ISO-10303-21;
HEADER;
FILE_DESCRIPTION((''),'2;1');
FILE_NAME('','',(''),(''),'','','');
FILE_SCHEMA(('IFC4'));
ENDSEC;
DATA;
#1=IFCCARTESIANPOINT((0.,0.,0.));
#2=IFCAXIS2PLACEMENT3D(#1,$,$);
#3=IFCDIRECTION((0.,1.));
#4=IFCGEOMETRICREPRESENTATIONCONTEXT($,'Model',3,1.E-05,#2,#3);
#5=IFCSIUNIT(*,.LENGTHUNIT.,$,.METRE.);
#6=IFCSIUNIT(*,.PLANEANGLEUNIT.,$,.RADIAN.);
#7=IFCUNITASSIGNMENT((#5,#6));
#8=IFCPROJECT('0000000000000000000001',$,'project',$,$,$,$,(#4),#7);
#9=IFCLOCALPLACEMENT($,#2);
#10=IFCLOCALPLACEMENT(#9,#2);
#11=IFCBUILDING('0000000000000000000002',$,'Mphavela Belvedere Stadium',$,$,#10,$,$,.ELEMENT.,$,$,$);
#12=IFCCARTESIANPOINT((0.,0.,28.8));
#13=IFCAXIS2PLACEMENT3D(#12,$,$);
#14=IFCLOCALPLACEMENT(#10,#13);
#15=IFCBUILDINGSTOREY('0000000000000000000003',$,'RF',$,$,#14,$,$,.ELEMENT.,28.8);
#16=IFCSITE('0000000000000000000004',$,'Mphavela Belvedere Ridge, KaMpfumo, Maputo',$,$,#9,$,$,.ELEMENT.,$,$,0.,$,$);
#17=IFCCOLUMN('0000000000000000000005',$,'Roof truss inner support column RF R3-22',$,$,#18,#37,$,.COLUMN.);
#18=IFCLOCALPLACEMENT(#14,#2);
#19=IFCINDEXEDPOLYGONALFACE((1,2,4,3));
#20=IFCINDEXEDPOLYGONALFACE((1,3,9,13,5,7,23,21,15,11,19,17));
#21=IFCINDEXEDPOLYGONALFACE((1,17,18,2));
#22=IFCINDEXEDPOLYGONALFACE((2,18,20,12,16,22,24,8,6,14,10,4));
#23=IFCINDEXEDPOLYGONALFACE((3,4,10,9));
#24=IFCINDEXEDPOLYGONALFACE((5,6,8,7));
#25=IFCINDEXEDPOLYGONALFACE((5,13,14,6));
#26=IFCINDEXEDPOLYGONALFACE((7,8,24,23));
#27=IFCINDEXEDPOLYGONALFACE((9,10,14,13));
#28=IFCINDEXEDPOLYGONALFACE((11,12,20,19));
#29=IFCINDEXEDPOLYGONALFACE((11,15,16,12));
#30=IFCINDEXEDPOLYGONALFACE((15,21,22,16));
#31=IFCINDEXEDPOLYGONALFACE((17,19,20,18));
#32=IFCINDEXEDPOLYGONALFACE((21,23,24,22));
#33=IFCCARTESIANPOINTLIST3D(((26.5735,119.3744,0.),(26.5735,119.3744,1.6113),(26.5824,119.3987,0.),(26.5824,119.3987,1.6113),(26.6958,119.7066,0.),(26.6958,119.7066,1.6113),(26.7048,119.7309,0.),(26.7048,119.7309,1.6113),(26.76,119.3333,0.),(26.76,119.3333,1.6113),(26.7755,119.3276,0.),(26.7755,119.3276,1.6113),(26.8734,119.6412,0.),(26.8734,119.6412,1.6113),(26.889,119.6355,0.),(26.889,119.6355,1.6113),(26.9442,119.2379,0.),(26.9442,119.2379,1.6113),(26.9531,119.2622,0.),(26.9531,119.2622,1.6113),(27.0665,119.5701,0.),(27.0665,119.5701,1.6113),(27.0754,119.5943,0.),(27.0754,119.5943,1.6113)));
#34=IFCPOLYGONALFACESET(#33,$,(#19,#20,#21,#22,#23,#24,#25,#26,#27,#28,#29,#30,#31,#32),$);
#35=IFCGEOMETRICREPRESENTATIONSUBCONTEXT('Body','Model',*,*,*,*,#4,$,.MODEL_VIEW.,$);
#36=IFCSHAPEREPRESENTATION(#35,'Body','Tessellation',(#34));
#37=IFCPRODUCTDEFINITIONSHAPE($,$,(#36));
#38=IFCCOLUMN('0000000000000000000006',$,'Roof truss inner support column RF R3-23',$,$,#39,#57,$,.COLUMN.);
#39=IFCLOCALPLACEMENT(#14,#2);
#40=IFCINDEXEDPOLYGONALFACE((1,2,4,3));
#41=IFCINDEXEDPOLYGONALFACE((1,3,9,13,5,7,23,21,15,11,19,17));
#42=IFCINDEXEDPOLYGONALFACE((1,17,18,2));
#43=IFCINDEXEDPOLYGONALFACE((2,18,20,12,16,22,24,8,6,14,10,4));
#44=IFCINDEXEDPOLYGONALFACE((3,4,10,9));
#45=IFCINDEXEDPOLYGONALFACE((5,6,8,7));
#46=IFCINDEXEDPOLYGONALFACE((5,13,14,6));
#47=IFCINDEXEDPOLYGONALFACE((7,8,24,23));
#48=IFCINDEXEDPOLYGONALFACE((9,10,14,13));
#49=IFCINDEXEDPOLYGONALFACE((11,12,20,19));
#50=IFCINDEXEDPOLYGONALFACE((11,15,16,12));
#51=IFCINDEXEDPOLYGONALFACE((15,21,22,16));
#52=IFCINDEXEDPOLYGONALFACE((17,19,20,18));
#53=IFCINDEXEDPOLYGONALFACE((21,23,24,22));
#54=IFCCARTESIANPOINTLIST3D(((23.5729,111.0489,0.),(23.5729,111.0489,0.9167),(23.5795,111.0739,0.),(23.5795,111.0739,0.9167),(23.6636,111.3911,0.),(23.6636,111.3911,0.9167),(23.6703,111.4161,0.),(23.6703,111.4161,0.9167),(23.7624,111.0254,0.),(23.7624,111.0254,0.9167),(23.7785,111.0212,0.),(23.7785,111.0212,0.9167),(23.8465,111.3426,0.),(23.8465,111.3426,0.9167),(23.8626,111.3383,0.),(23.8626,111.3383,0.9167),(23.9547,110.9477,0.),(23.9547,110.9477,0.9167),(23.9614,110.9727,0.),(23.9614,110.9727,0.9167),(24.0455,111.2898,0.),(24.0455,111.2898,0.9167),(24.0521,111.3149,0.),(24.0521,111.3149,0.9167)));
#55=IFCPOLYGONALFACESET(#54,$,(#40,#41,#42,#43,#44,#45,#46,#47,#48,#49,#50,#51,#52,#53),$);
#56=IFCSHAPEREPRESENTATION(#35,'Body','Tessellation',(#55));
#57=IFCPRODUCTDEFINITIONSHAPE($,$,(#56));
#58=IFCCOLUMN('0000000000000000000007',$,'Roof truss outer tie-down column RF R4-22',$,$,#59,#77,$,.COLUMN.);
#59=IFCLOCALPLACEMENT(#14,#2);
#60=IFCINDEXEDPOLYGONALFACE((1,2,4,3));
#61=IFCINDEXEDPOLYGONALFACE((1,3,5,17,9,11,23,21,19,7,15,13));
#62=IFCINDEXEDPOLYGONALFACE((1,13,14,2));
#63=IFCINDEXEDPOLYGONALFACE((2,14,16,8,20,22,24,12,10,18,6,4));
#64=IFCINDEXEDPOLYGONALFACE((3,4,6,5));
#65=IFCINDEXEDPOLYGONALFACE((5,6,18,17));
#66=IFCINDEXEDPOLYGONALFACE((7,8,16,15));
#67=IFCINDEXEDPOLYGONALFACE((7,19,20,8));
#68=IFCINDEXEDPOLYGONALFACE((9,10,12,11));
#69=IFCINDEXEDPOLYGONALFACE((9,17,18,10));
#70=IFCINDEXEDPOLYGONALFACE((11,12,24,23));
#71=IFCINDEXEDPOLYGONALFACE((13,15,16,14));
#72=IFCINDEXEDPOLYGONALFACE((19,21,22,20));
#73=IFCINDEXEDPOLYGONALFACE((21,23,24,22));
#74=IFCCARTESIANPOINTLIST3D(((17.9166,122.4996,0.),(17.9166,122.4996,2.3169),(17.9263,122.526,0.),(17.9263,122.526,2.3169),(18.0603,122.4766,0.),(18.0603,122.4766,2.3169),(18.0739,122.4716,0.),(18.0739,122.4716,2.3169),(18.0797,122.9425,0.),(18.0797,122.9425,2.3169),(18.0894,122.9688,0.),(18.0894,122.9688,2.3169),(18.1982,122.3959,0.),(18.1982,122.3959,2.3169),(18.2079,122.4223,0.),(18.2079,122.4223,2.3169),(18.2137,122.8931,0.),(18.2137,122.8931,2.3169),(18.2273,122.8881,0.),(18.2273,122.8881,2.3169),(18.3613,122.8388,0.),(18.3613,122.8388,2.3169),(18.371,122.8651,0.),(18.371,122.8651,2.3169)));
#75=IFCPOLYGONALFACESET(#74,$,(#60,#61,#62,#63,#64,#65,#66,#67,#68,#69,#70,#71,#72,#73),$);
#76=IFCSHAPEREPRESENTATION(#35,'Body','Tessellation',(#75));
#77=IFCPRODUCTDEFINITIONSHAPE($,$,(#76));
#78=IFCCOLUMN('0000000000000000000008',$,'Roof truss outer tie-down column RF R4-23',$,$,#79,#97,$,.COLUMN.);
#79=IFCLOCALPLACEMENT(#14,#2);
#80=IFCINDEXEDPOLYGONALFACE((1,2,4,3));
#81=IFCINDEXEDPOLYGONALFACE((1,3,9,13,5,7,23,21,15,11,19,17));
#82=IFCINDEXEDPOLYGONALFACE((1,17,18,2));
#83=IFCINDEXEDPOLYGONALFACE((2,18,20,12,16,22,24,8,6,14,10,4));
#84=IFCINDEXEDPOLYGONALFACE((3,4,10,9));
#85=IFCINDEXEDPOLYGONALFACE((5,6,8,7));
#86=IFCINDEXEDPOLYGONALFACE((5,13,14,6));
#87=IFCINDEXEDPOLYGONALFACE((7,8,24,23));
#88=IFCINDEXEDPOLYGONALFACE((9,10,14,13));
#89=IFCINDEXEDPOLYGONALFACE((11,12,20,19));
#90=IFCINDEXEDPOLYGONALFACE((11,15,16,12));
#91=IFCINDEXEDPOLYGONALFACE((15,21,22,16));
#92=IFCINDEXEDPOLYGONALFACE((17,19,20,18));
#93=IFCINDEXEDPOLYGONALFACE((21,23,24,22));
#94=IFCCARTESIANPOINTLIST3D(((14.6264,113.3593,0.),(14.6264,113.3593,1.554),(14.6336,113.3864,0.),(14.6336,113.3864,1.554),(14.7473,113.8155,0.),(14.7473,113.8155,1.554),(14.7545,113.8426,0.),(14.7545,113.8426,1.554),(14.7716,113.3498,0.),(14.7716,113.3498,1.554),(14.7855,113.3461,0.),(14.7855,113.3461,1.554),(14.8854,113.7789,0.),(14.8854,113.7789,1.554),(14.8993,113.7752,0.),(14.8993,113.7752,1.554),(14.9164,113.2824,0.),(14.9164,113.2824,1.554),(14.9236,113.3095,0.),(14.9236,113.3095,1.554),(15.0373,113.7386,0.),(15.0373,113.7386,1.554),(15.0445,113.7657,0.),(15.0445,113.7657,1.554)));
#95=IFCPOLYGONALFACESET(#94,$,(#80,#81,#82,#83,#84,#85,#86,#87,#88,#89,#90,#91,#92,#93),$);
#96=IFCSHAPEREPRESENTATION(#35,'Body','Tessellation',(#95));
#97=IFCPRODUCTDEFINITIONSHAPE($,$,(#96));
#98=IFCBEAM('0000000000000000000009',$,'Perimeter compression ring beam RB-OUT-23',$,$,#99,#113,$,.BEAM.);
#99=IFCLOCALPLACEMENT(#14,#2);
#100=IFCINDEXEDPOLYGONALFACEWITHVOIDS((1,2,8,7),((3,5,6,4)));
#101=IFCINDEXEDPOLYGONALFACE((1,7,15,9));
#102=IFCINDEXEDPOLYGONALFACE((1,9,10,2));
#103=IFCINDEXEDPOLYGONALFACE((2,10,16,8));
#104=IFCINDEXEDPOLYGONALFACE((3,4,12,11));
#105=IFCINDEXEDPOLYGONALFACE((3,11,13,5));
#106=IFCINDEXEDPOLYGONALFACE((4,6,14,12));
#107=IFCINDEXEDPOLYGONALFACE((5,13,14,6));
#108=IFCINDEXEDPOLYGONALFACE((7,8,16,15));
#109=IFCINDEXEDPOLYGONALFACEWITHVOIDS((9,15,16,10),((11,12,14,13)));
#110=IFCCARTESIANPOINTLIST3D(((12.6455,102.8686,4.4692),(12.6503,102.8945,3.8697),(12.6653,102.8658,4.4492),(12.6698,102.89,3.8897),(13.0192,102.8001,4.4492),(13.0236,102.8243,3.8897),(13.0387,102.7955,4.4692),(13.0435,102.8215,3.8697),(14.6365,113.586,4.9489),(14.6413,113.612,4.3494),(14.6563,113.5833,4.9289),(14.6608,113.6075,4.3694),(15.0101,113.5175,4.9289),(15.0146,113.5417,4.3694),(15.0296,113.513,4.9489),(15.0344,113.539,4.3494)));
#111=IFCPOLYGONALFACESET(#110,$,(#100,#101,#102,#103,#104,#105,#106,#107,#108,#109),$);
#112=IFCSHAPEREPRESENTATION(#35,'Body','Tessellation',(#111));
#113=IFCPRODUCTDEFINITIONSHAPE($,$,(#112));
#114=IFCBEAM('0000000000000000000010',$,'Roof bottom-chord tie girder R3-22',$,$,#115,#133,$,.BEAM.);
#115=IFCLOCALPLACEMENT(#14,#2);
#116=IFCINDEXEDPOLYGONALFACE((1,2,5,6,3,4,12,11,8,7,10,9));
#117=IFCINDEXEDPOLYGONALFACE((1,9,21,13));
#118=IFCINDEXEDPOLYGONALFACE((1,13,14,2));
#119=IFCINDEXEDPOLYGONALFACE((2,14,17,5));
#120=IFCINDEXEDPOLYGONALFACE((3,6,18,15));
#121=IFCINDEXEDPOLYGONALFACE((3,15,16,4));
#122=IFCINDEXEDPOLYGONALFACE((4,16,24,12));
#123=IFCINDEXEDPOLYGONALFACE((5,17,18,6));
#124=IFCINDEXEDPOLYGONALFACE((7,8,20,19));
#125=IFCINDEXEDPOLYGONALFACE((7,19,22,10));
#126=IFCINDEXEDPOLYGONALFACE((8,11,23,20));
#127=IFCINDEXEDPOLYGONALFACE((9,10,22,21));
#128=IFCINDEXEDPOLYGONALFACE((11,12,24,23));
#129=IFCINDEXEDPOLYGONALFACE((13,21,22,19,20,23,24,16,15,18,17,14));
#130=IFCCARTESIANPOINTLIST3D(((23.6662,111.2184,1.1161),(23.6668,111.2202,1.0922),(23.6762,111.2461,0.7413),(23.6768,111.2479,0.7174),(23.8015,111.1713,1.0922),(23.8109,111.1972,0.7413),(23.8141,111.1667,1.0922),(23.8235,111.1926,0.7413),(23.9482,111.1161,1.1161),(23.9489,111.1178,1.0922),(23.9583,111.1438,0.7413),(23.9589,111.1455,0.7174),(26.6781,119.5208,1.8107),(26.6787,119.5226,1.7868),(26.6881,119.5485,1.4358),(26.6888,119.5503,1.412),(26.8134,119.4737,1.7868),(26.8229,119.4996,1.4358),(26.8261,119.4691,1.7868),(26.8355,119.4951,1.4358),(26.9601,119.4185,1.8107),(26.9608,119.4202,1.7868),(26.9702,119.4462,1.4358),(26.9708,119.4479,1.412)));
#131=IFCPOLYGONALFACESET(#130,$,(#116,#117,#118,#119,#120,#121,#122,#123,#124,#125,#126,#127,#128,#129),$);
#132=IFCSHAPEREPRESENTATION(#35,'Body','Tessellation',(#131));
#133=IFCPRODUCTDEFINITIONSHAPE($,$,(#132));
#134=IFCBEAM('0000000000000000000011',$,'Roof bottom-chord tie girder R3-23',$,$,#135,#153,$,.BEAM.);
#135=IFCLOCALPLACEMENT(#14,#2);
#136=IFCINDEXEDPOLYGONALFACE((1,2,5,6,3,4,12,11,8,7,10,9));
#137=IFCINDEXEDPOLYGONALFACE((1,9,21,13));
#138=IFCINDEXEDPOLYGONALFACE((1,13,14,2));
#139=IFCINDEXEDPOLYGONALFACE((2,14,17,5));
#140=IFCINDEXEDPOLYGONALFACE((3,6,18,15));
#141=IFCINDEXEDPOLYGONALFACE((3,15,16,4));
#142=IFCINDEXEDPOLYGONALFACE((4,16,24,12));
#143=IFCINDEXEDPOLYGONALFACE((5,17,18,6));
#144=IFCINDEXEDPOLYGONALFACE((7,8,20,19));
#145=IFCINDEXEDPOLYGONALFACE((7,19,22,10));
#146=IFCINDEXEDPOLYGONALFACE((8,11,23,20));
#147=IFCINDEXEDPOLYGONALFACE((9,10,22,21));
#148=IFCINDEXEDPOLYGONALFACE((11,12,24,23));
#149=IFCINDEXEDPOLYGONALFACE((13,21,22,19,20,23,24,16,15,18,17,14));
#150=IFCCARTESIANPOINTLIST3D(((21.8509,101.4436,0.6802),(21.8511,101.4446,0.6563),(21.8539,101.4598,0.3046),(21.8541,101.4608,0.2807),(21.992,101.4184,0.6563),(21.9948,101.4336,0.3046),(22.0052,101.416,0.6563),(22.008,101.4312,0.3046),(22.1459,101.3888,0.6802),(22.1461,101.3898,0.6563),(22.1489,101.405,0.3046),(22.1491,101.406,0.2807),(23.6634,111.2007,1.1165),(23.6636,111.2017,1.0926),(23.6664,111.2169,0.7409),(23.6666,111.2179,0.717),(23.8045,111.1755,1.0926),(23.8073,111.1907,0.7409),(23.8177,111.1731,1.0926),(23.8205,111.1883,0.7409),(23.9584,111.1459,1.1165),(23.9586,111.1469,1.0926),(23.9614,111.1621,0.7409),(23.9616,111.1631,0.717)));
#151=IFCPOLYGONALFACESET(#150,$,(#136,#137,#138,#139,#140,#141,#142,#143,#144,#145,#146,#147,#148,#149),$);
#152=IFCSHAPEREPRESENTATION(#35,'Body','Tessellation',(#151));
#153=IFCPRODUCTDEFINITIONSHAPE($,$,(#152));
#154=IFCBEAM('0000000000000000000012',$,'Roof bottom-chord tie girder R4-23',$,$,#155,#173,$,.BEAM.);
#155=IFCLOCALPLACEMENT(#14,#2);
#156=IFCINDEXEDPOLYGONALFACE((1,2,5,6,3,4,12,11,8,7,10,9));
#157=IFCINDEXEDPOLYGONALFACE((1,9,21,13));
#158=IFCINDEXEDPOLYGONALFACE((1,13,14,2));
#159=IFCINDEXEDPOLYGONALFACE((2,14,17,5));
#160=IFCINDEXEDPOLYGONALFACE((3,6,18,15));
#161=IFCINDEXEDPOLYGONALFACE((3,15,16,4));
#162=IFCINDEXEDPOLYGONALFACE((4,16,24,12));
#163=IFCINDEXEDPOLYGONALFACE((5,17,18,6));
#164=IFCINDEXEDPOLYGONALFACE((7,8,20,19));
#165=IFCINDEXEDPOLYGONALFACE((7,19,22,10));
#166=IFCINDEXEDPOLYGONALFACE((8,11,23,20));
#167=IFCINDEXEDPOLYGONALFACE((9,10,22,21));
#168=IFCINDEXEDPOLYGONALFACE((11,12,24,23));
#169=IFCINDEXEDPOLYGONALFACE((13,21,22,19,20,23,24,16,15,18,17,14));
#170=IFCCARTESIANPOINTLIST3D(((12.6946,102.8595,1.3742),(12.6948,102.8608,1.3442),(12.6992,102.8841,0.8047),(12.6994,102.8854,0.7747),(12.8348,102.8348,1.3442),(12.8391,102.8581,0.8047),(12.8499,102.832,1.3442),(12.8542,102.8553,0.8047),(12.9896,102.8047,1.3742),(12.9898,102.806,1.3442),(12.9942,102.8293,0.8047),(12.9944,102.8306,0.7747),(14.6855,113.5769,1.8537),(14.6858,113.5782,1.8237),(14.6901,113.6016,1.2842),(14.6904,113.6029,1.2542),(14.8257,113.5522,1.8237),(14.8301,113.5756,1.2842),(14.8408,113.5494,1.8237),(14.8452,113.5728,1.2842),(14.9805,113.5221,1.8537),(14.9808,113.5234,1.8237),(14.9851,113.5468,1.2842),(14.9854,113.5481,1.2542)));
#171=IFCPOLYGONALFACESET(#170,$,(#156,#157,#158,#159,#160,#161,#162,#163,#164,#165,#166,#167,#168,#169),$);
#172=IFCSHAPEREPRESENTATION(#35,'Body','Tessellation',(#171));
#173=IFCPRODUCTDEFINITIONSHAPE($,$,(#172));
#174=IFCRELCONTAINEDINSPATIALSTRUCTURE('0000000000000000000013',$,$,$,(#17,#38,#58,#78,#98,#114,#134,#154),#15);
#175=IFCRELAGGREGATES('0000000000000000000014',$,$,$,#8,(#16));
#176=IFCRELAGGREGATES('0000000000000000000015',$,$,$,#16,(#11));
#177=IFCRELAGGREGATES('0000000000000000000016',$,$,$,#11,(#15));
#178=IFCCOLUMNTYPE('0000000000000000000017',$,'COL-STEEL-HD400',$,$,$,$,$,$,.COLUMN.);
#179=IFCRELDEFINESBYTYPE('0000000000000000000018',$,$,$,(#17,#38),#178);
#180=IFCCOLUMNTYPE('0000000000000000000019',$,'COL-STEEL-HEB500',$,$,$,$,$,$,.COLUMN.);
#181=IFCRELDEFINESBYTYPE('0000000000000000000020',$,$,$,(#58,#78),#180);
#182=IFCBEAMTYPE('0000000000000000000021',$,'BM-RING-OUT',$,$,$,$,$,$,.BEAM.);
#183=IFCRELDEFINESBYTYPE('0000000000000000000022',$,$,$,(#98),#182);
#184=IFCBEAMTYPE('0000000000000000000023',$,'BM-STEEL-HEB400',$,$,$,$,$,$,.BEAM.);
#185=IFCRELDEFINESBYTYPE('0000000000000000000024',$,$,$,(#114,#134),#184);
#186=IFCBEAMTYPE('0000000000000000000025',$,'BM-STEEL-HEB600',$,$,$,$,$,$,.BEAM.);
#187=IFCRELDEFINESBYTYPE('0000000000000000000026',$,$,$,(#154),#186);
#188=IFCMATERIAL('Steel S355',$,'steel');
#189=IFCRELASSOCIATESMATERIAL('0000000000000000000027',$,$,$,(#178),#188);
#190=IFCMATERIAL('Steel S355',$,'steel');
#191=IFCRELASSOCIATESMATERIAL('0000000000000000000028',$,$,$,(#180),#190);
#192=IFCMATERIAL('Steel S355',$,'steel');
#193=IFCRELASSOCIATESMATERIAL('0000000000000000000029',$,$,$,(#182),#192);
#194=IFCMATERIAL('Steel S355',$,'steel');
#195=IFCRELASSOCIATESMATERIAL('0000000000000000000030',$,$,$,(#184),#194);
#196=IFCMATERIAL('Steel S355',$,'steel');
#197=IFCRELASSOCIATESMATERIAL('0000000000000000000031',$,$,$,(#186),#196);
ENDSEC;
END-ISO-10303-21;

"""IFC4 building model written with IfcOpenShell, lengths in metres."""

from ifc_helpers import new_model, si_unit, direction, frame, origin, origin_2d, place, context, subcontext, project, spatial, hollow_rectangle, i_section, extrude, material, material_profile, profile_set, type_object, element, save


model = new_model("IFC4")

# Units and contexts
model_context = context("Model", 3, precision=1e-05, world=origin(), true_north=direction((0.0, 1.0)))
body_context = subcontext(model_context, "Body", "Model", "MODEL_VIEW")
ifc_project = project(units=[si_unit("LENGTHUNIT", "METRE"), si_unit("PLANEANGLEUNIT", "RADIAN")], contexts=[model_context])

# Site, building, storey
site_placement = place(None, origin())
site = spatial("IfcSite", under=ifc_project, at=site_placement, Name="Mphavela Belvedere Ridge, KaMpfumo, Maputo", CompositionType="ELEMENT", RefElevation=0.0)
building_placement = place(site_placement, origin())
building = spatial("IfcBuilding", under=site, at=building_placement, Name="Mphavela Belvedere Stadium", CompositionType="ELEMENT")
storey_placement = place(building_placement, frame((0.0, 0.0, 28.8)))
storey = spatial("IfcBuildingStorey", under=building, at=storey_placement, Name="RF", CompositionType="ELEMENT", Elevation=28.8)

# Columns
ifc_material_1 = material(Name="Steel S355", Category="steel")
ifc_material_profile_1 = material_profile(ifc_material_1, i_section(OverallWidth=0.395, OverallDepth=0.3799, WebThickness=0.0166, FlangeThickness=0.0259, at=origin_2d()), Name="HD 400x237")
ifc_profile_set_1 = profile_set([ifc_material_profile_1], Name="Steel S355")
column_type_1 = type_object("IfcColumnType", Name="COL-STEEL-HD400", PredefinedType="COLUMN", material=ifc_profile_set_1)
column_1_placement = place(storey_placement, frame((26.8245, 119.4844, 0.0), z_axis=(0.0, 0.0, 1.0), x_axis=(-0.938372, 0.345626, 0.0)))
element("IfcColumn", 1, at=column_1_placement, inside=storey, type_object=column_type_1, Name="Roof truss inner support column RF R3-22", PredefinedType="COLUMN", context=body_context, shape_type="SweptSolid", body=[
    extrude(i_section(OverallWidth=0.395, OverallDepth=0.3799, WebThickness=0.0166, FlangeThickness=0.0259, at=origin_2d()), origin(), (0.0, 0.0, 1.0), 1.6113),
])
column_2_placement = place(storey_placement, frame((23.8125, 111.1819, 0.0), z_axis=(0.0, 0.0, 1.0), x_axis=(-0.9666, 0.256289, 0.0)))
element("IfcColumn", 2, at=column_2_placement, inside=storey, type_object=column_type_1, Name="Roof truss inner support column RF R3-23", PredefinedType="COLUMN", context=body_context, shape_type="SweptSolid", body=[
    extrude(i_section(OverallWidth=0.395, OverallDepth=0.3799, WebThickness=0.0166, FlangeThickness=0.0259, at=origin_2d()), origin(), (0.0, 0.0, 1.0), 0.9167),
])
ifc_material_2 = material(Name="Steel S355", Category="steel")
ifc_material_profile_2 = material_profile(ifc_material_2, i_section(OverallWidth=0.3, OverallDepth=0.5, WebThickness=0.0144, FlangeThickness=0.0281, at=origin_2d()), Name="HEB 500")
ifc_profile_set_2 = profile_set([ifc_material_profile_2], Name="Steel S355")
column_type_2 = type_object("IfcColumnType", Name="COL-STEEL-HEB500", PredefinedType="COLUMN", material=ifc_profile_set_2)
column_3_placement = place(storey_placement, frame((18.1438, 122.6824, 0.0), z_axis=(0.0, 0.0, 1.0), x_axis=(-0.938372, 0.345626, 0.0)))
element("IfcColumn", 3, at=column_3_placement, inside=storey, type_object=column_type_2, Name="Roof truss outer tie-down column RF R4-22", PredefinedType="COLUMN", context=body_context, shape_type="SweptSolid", body=[
    extrude(i_section(OverallWidth=0.3, OverallDepth=0.5, WebThickness=0.0144, FlangeThickness=0.0281, at=origin_2d()), origin(), (0.0, 0.0, 1.0), 2.3169),
])
column_4_placement = place(storey_placement, frame((14.8354, 113.5625, 0.0), z_axis=(0.0, 0.0, 1.0), x_axis=(-0.9666, 0.256289, 0.0)))
element("IfcColumn", 4, at=column_4_placement, inside=storey, type_object=column_type_2, Name="Roof truss outer tie-down column RF R4-23", PredefinedType="COLUMN", context=body_context, shape_type="SweptSolid", body=[
    extrude(i_section(OverallWidth=0.3, OverallDepth=0.5, WebThickness=0.0144, FlangeThickness=0.0281, at=origin_2d()), origin(), (0.0, 0.0, 1.0), 1.554),
])

# Beams
ifc_material_3 = material(Name="Steel S355", Category="steel")
ifc_material_profile_3 = material_profile(ifc_material_3, hollow_rectangle(XDim=0.3999, YDim=0.6001, WallThickness=0.02, at=origin_2d()), Name="RHS 600x400x20")
ifc_profile_set_3 = profile_set([ifc_material_profile_3], Name="Steel S355")
beam_type_1 = type_object("IfcBeamType", Name="BM-RING-OUT", PredefinedType="BEAM", material=ifc_profile_set_3)
beam_1_placement = place(storey_placement, frame((14.8354, 113.5625, 4.6492), z_axis=(-0.182466, -0.982229, -0.043966), x_axis=(0.983179, -0.182643, 0.0)))
element("IfcBeam", 5, at=beam_1_placement, inside=storey, type_object=beam_type_1, Name="Perimeter compression ring beam RB-OUT-23", PredefinedType="BEAM", context=body_context, shape_type="SweptSolid", body=[
    extrude(hollow_rectangle(XDim=0.3999, YDim=0.6001, WallThickness=0.02, at=origin_2d()), origin(), (0.0, 0.0, 1.0), 10.9114),
])
ifc_material_4 = material(Name="Steel S355", Category="steel")
ifc_material_profile_4 = material_profile(ifc_material_4, i_section(OverallWidth=0.3, OverallDepth=0.3999, WebThickness=0.0134, FlangeThickness=0.0239, at=origin_2d()), Name="HEB 400")
ifc_profile_set_4 = profile_set([ifc_material_profile_4], Name="Steel S355")
beam_type_2 = type_object("IfcBeamType", Name="BM-STEEL-HEB400", PredefinedType="BEAM", material=ifc_profile_set_4)
beam_2_placement = place(storey_placement, frame((26.8245, 119.4844, 1.6113), z_axis=(-0.339981, -0.937159, -0.078402), x_axis=(0.940052, -0.341031, 0.0)))
element("IfcBeam", 6, at=beam_2_placement, inside=storey, type_object=beam_type_2, Name="Roof bottom-chord tie girder R3-22", PredefinedType="BEAM", context=body_context, shape_type="SweptSolid", body=[
    extrude(i_section(OverallWidth=0.3, OverallDepth=0.3999, WebThickness=0.0134, FlangeThickness=0.0239, at=origin_2d()), origin(), (0.0, 0.0, 1.0), 8.8591),
])
beam_3_placement = place(storey_placement, frame((23.8125, 111.1819, 0.9167), z_axis=(-0.182462, -0.982232, -0.04392), x_axis=(0.98318, -0.182638, 0.0)))
element("IfcBeam", 7, at=beam_3_placement, inside=storey, type_object=beam_type_2, Name="Roof bottom-chord tie girder R3-23", PredefinedType="BEAM", context=body_context, shape_type="SweptSolid", body=[
    extrude(i_section(OverallWidth=0.3, OverallDepth=0.3999, WebThickness=0.0134, FlangeThickness=0.0239, at=origin_2d()), origin(), (0.0, 0.0, 1.0), 9.9336),
])
ifc_material_5 = material(Name="Steel S355", Category="steel")
ifc_material_profile_5 = material_profile(ifc_material_5, i_section(OverallWidth=0.3, OverallDepth=0.6001, WebThickness=0.0154, FlangeThickness=0.03, at=origin_2d()), Name="HEB 600")
ifc_profile_set_5 = profile_set([ifc_material_profile_5], Name="Steel S355")
beam_type_3 = type_object("IfcBeamType", Name="BM-STEEL-HEB600", PredefinedType="BEAM", material=ifc_profile_set_5)
beam_4_placement = place(storey_placement, frame((14.8354, 113.5625, 1.554), z_axis=(-0.182466, -0.98223, -0.043944), x_axis=(0.983179, -0.182643, 0.0)))
element("IfcBeam", 8, at=beam_4_placement, inside=storey, type_object=beam_type_3, Name="Roof bottom-chord tie girder R4-23", PredefinedType="BEAM", context=body_context, shape_type="SweptSolid", body=[
    extrude(i_section(OverallWidth=0.3, OverallDepth=0.6001, WebThickness=0.0154, FlangeThickness=0.03, at=origin_2d()), origin(), (0.0, 0.0, 1.0), 10.9114),
])

save(model, "model.ifc")
